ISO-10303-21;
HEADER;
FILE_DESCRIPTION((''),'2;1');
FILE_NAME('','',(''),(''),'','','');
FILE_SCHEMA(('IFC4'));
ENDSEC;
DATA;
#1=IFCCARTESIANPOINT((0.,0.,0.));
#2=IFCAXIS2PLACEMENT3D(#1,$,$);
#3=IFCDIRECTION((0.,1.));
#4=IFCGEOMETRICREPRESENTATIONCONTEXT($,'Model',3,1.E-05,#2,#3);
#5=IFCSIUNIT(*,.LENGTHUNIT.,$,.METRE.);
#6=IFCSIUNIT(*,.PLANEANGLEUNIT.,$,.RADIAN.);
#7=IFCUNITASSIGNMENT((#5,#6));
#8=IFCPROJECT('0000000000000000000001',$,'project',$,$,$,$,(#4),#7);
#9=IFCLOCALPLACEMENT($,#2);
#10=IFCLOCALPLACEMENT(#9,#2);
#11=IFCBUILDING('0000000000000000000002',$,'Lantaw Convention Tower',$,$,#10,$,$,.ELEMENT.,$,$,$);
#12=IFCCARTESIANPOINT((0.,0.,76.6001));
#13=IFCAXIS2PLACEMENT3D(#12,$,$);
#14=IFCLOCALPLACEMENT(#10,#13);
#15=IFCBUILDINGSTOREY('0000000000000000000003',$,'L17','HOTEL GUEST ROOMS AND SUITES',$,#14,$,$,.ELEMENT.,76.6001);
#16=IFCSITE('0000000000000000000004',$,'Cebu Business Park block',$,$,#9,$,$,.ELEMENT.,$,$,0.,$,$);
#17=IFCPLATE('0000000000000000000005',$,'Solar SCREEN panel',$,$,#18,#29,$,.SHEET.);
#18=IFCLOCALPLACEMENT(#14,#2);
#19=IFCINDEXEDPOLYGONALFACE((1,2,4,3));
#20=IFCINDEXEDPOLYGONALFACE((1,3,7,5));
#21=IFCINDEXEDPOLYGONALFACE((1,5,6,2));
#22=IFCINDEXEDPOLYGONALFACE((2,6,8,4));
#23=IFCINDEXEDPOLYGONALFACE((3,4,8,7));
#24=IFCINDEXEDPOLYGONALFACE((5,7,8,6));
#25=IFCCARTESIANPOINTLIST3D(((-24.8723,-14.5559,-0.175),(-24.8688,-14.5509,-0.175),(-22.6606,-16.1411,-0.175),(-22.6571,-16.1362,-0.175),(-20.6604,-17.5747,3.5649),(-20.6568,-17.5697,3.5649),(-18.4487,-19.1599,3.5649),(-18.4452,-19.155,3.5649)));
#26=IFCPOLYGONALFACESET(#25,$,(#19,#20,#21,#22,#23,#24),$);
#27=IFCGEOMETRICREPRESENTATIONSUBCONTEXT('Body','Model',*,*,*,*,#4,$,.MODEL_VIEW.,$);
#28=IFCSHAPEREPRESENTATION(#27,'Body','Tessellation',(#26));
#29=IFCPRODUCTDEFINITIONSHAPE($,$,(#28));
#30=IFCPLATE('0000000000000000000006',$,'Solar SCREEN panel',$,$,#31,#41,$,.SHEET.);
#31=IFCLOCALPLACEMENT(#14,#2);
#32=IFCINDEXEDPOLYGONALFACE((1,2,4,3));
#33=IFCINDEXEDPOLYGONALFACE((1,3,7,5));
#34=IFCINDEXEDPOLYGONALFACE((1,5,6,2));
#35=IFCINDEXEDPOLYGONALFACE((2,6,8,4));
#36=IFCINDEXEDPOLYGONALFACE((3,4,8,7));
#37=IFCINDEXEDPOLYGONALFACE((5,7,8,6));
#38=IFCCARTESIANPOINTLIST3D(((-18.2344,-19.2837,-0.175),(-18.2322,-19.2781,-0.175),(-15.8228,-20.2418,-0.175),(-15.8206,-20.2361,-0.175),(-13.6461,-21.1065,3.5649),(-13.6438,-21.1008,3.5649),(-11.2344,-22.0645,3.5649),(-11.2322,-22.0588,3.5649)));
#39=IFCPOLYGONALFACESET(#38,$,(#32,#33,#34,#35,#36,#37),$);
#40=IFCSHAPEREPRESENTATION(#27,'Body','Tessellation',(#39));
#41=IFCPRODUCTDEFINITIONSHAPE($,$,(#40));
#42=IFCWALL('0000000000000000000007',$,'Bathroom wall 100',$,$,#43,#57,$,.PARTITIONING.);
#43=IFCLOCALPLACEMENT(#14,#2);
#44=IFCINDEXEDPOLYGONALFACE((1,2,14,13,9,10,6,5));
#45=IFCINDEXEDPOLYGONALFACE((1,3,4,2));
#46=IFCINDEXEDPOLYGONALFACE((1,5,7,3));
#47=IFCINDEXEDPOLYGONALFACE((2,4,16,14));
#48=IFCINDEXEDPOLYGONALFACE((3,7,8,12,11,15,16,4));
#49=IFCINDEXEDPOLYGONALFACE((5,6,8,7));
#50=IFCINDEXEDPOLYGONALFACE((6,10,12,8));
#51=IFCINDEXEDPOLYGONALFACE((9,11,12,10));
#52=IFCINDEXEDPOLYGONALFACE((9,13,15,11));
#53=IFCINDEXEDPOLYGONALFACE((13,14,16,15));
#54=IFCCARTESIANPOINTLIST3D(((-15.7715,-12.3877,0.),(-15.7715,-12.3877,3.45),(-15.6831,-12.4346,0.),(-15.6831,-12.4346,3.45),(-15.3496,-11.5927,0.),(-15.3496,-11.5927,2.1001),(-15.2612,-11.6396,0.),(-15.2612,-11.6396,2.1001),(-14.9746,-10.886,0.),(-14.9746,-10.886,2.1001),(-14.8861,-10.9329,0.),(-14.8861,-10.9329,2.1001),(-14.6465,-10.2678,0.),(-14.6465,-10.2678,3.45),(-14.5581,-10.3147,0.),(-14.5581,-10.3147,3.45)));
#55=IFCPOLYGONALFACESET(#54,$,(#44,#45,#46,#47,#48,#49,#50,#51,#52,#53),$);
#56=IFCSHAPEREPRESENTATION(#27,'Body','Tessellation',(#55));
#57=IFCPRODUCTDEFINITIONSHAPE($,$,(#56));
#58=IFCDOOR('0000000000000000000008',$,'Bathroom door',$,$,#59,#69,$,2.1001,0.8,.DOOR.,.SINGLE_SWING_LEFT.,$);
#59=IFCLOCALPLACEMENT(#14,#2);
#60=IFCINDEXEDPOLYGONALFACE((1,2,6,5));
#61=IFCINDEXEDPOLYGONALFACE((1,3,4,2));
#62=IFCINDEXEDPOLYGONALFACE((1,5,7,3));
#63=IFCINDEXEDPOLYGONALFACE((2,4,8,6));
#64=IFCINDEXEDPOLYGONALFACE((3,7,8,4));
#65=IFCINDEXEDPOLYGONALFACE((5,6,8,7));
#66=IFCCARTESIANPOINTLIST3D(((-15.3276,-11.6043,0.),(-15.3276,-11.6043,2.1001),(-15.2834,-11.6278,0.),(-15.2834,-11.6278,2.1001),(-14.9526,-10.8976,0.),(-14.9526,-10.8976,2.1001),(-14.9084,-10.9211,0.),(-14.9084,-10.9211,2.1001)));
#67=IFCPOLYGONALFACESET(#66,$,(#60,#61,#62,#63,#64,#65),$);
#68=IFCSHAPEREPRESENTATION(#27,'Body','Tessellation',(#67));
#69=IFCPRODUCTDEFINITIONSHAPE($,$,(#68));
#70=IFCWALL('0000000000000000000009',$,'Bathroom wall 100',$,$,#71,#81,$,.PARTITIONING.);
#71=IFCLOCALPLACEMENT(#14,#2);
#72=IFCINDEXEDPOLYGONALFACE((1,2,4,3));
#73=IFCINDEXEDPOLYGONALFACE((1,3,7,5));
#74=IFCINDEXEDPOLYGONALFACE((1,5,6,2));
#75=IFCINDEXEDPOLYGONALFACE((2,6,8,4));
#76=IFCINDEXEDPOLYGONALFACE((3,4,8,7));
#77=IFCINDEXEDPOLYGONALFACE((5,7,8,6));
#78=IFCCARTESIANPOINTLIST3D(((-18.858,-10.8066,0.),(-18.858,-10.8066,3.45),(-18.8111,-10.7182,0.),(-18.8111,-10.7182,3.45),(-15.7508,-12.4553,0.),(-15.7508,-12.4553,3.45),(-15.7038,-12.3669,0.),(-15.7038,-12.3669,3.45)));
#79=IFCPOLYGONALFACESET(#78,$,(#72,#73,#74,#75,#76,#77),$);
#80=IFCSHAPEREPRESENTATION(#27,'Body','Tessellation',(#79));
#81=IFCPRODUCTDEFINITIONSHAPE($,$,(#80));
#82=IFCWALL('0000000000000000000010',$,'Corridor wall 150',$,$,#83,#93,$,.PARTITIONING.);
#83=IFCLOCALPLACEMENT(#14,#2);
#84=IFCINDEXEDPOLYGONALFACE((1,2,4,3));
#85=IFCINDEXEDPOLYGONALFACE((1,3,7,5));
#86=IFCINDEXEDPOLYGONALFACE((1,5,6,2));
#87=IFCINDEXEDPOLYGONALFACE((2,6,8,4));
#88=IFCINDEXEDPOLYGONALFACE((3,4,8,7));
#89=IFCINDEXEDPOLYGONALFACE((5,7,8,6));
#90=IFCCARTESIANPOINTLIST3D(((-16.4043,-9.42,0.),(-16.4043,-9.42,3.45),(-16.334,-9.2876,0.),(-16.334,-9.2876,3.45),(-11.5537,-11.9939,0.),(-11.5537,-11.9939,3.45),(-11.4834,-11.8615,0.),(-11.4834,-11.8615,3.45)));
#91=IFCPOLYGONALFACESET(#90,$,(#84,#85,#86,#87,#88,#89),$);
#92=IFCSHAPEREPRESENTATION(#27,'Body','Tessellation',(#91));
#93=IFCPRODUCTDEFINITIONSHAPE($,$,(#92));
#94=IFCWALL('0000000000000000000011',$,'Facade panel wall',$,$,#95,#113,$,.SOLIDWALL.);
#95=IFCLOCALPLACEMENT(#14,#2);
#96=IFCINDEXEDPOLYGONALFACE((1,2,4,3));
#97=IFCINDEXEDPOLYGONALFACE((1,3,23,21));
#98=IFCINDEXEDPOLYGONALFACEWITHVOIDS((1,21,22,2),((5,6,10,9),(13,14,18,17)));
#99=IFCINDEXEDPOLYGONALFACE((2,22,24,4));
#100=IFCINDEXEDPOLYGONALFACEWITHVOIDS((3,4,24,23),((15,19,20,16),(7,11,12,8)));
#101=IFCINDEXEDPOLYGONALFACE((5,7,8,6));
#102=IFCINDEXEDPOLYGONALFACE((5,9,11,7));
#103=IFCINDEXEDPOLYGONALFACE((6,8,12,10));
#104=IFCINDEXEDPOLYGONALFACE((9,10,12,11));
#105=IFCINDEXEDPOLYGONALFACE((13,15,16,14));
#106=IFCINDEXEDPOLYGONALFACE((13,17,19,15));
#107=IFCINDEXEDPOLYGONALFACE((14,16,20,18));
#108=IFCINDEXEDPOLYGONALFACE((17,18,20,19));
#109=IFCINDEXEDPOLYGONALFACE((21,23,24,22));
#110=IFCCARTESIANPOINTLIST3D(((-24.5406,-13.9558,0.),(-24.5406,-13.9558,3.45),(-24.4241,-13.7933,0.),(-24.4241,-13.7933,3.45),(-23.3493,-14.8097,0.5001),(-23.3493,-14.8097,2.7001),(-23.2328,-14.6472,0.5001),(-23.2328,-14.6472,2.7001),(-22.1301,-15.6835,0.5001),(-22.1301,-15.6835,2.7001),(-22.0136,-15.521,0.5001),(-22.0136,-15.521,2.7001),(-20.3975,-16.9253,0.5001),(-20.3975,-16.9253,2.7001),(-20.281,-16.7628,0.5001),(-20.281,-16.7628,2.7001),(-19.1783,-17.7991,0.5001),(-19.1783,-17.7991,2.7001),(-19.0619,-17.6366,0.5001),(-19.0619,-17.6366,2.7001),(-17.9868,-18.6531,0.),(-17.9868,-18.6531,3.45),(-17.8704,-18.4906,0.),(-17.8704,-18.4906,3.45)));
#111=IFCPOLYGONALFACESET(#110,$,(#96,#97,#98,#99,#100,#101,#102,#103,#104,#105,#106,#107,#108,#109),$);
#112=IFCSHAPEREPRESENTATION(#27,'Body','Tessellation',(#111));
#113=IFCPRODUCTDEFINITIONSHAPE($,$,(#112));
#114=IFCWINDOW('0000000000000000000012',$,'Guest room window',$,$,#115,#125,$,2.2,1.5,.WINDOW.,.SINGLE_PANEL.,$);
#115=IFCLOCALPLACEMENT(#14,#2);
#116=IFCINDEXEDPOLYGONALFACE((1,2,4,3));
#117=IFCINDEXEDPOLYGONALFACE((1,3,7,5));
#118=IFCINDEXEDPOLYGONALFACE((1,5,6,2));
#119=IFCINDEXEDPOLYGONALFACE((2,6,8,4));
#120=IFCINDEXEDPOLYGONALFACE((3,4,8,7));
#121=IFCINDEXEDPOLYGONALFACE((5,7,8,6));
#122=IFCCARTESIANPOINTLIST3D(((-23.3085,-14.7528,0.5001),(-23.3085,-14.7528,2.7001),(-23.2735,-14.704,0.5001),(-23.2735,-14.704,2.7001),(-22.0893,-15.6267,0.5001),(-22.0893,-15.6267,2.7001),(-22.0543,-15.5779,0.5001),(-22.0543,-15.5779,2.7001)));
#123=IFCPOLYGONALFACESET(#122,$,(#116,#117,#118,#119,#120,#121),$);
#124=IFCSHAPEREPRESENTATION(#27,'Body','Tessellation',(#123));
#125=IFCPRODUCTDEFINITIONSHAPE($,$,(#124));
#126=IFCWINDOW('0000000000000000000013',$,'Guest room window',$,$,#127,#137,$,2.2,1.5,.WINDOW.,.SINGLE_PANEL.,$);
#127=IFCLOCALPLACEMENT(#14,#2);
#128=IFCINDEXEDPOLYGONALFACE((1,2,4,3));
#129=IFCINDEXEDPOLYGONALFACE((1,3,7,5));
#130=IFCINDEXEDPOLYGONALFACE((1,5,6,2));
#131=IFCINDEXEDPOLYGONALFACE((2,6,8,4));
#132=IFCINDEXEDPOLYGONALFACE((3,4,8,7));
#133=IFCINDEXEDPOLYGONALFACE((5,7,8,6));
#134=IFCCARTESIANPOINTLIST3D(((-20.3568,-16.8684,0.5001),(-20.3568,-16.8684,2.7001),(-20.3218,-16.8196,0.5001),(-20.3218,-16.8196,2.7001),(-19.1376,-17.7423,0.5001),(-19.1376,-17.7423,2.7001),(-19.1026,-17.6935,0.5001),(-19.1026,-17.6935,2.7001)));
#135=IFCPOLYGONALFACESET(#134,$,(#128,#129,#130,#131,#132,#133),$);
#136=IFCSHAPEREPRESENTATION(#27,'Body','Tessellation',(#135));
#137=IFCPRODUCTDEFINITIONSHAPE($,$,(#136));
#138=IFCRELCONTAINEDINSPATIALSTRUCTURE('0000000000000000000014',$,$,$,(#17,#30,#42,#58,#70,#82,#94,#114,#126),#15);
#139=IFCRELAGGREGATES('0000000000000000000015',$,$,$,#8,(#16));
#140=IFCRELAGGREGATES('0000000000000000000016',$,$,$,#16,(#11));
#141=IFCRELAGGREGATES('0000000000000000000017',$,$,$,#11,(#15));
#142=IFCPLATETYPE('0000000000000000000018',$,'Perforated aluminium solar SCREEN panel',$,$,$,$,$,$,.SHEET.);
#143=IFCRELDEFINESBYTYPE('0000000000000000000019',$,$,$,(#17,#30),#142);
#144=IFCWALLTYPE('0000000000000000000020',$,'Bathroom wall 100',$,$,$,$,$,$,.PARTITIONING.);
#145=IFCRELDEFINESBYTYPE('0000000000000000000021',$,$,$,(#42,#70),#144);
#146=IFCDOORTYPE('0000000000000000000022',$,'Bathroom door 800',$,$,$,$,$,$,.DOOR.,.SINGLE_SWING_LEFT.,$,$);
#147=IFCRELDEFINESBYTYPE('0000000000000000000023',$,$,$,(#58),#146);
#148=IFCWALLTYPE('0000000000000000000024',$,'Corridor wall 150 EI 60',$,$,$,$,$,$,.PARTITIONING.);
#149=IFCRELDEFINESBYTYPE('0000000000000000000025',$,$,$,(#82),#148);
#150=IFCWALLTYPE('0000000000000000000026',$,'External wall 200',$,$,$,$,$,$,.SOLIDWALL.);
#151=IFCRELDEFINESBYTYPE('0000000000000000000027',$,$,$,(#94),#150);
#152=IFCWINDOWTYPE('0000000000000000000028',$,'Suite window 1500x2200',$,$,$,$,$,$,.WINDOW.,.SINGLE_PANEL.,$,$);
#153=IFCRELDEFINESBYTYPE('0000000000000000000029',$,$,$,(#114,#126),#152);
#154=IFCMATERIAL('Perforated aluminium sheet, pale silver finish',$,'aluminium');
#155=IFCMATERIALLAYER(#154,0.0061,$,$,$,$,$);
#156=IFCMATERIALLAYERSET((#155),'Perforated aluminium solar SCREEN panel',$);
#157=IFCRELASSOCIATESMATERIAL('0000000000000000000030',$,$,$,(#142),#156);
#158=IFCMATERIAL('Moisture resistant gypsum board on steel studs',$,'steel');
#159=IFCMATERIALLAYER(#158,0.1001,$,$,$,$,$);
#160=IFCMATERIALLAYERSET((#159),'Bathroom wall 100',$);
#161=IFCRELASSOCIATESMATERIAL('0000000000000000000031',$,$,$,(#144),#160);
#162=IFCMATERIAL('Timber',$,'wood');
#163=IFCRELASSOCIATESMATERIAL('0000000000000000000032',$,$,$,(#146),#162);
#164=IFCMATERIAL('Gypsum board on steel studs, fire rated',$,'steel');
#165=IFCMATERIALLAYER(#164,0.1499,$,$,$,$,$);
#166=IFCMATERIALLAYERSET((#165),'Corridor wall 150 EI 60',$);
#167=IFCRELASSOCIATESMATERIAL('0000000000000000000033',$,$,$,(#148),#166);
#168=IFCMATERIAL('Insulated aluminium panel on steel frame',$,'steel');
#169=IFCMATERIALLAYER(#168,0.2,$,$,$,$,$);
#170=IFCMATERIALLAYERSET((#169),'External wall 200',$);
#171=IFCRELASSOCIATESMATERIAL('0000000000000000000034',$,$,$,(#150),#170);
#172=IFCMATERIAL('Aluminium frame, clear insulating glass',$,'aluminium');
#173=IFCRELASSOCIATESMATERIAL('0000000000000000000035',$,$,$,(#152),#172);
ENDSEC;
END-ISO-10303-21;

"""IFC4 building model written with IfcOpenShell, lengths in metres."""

from ifc_helpers import new_model, si_unit, direction, frame, frame_2d, origin, place, context, subcontext, project, spatial, polyline, rectangle, outline, extrude, material, layer, layer_set, type_object, element, fill, save


model = new_model("IFC4")

# Units and contexts
model_context = context("Model", 3, precision=1e-05, world=origin(), true_north=direction((0.0, 1.0)))
body_context = subcontext(model_context, "Body", "Model", "MODEL_VIEW")
ifc_project = project(units=[si_unit("LENGTHUNIT", "METRE"), si_unit("PLANEANGLEUNIT", "RADIAN")], contexts=[model_context])

# Site, building, storey
site_placement = place(None, origin())
site = spatial("IfcSite", under=ifc_project, at=site_placement, Name="Cebu Business Park block", CompositionType="ELEMENT", RefElevation=0.0)
building_placement = place(site_placement, origin())
building = spatial("IfcBuilding", under=site, at=building_placement, Name="Lantaw Convention Tower", CompositionType="ELEMENT")
storey_placement = place(building_placement, frame((0.0, 0.0, 76.6001)))
storey = spatial("IfcBuildingStorey", under=building, at=storey_placement, Name="L17", Description="HOTEL GUEST ROOMS AND SUITES", CompositionType="ELEMENT", Elevation=76.6001)

# Plates
ifc_material_1 = material(Name="Perforated aluminium sheet, pale silver finish", Category="aluminium")
ifc_layer_1 = layer(ifc_material_1, 0.0061)
ifc_layer_set_1 = layer_set([ifc_layer_1], Name="Perforated aluminium solar SCREEN panel")
plate_type = type_object("IfcPlateType", Name="Perforated aluminium solar SCREEN panel", PredefinedType="SHEET", material=ifc_layer_set_1)
plate_1_placement = place(storey_placement, frame((-24.8723, -14.5559, -0.175), z_axis=(-0.582561, -0.812787, 0.000016), x_axis=(0.812787, -0.582561, 0.0)))
element("IfcPlate", 1, at=plate_1_placement, inside=storey, type_object=plate_type, Name="Solar SCREEN panel", PredefinedType="SHEET", context=body_context, shape_type="SweptSolid", body=[
    extrude(outline(polyline([(0.0, 0.0), (2.7211, 0.0), (7.9031, 3.74), (5.182, 3.74), (0.0, 0.0)])), origin(), (0.0, 0.0, -1.0), 0.0061),
])
plate_2_placement = place(storey_placement, frame((-18.2322, -19.2781, -0.175), z_axis=(0.369184, 0.929357, 0.000009), x_axis=(0.929357, -0.369184, 0.0)))
element("IfcPlate", 2, at=plate_2_placement, inside=storey, type_object=plate_type, Name="Solar SCREEN panel", PredefinedType="SHEET", context=body_context, shape_type="SweptSolid", body=[
    extrude(outline(polyline([(0.0, 0.0), (2.5949, 0.0), (7.5321, -3.74), (4.9372, -3.74), (0.0, 0.0)])), origin(), (0.0, 0.0, -1.0), 0.0061),
])

# Wall, opening, door
ifc_material_2 = material(Name="Moisture resistant gypsum board on steel studs", Category="steel")
ifc_layer_2 = layer(ifc_material_2, 0.1001)
ifc_layer_set_2 = layer_set([ifc_layer_2], Name="Bathroom wall 100")
wall_type_1 = type_object("IfcWallType", Name="Bathroom wall 100", PredefinedType="PARTITIONING", material=ifc_layer_set_2)
wall_1_placement = place(storey_placement, frame((-14.6023, -10.2913, 0.0), z_axis=(0.0, 0.0, 1.0), x_axis=(-0.468771, -0.88332, 0.0)))
wall_1 = element("IfcWall", 3, at=wall_1_placement, inside=storey, type_object=wall_type_1, Name="Bathroom wall 100", PredefinedType="PARTITIONING", context=body_context, shape_type="SweptSolid", body=[
    extrude(rectangle(XDim=2.3999, YDim=0.1001, at=frame_2d((1.2, 0.0))), origin(), (0.0, 0.0, 1.0), 3.45),
])
opening_1_placement = place(wall_1_placement, frame((0.7, 0.0, 0.0)))
opening_1 = element("IfcOpeningElement", 4, at=opening_1_placement, cuts=wall_1, PredefinedType="OPENING", context=body_context, shape_type="SweptSolid", body=[
    extrude(rectangle(XDim=0.8, YDim=2.1001, at=frame_2d((0.3999, 1.05))), frame((0.0, 0.0601, 0.0), z_axis=(0.0, -1.0, 0.0), x_axis=(1.0, 0.0, 0.0)), (0.0, 0.0, 1.0), 0.1201),
])
ifc_material_3 = material(Name="Timber", Category="wood")
door_type = type_object("IfcDoorType", Name="Bathroom door 800", OperationType="SINGLE_SWING_LEFT", PredefinedType="DOOR", material=ifc_material_3)
door_placement = place(opening_1_placement, origin())
door = element("IfcDoor", 5, at=door_placement, inside=storey, type_object=door_type, Name="Bathroom door", OperationType="SINGLE_SWING_LEFT", OverallHeight=2.1001, OverallWidth=0.8, PredefinedType="DOOR", context=body_context, shape_type="SweptSolid", body=[
    extrude(rectangle(XDim=0.8, YDim=2.1001, at=frame_2d((0.3999, 1.05))), frame((0.0, 0.0249, 0.0), z_axis=(0.0, -1.0, 0.0), x_axis=(1.0, 0.0, 0.0)), (0.0, 0.0, 1.0), 0.05),
])
fill(opening_1, door)

# Walls
wall_2_placement = place(storey_placement, frame((-15.7273, -12.4111, 0.0), z_axis=(0.0, 0.0, 1.0), x_axis=(-0.883352, 0.46871, 0.0)))
element("IfcWall", 6, at=wall_2_placement, inside=storey, type_object=wall_type_1, Name="Bathroom wall 100", PredefinedType="PARTITIONING", context=body_context, shape_type="SweptSolid", body=[
    extrude(rectangle(XDim=3.5176, YDim=0.1001, at=frame_2d((1.7588, 0.0))), origin(), (0.0, 0.0, 1.0), 3.45),
])
ifc_material_4 = material(Name="Gypsum board on steel studs, fire rated", Category="steel")
ifc_layer_3 = layer(ifc_material_4, 0.1499)
ifc_layer_set_3 = layer_set([ifc_layer_3], Name="Corridor wall 150 EI 60")
wall_type_2 = type_object("IfcWallType", Name="Corridor wall 150 EI 60", PredefinedType="PARTITIONING", material=ifc_layer_set_3)
wall_3_placement = place(storey_placement, frame((-16.3691, -9.3538, 0.0), z_axis=(0.0, 0.0, 1.0), x_axis=(0.883334, -0.468743, 0.0)))
element("IfcWall", 7, at=wall_3_placement, inside=storey, type_object=wall_type_2, Name="Corridor wall 150", PredefinedType="PARTITIONING", context=body_context, shape_type="SweptSolid", body=[
    extrude(rectangle(XDim=5.4912, YDim=0.1499, at=frame_2d((2.7456, 0.0))), origin(), (0.0, 0.0, 1.0), 3.45),
])

# Wall, openings, windows
ifc_material_5 = material(Name="Insulated aluminium panel on steel frame", Category="steel")
ifc_layer_4 = layer(ifc_material_5, 0.2)
ifc_layer_set_4 = layer_set([ifc_layer_4], Name="External wall 200")
wall_type_3 = type_object("IfcWallType", Name="External wall 200", PredefinedType="SOLIDWALL", material=ifc_layer_set_4)
wall_4_placement = place(storey_placement, frame((-24.4824, -13.8745, 0.0), z_axis=(0.0, 0.0, 1.0), x_axis=(0.812791, -0.582555, 0.0)))
wall_4 = element("IfcWall", 8, at=wall_4_placement, inside=storey, type_object=wall_type_3, Name="Facade panel wall", PredefinedType="SOLIDWALL", context=body_context, shape_type="SweptSolid", body=[
    extrude(rectangle(XDim=8.0632, YDim=0.2, at=frame_2d((4.0317, 0.0))), origin(), (0.0, 0.0, 1.0), 3.45),
])
opening_2_placement = place(wall_4_placement, frame((1.4658, 0.0, 0.5)))
opening_2 = element("IfcOpeningElement", 9, at=opening_2_placement, cuts=wall_4, PredefinedType="OPENING", context=body_context, shape_type="SweptSolid", body=[
    extrude(rectangle(XDim=1.5, YDim=2.2, at=frame_2d((0.75, 1.1001))), frame((0.0, 0.1099, 0.0), z_axis=(0.0, -1.0, 0.0), x_axis=(1.0, 0.0, 0.0)), (0.0, 0.0, 1.0), 0.22),
])
opening_3_placement = place(wall_4_placement, frame((5.0974, 0.0, 0.5)))
opening_3 = element("IfcOpeningElement", 10, at=opening_3_placement, cuts=wall_4, PredefinedType="OPENING", context=body_context, shape_type="SweptSolid", body=[
    extrude(rectangle(XDim=1.5, YDim=2.2, at=frame_2d((0.75, 1.1001))), frame((0.0, 0.1099, 0.0), z_axis=(0.0, -1.0, 0.0), x_axis=(1.0, 0.0, 0.0)), (0.0, 0.0, 1.0), 0.22),
])
ifc_material_6 = material(Name="Aluminium frame, clear insulating glass", Category="aluminium")
window_type = type_object("IfcWindowType", Name="Suite window 1500x2200", PartitioningType="SINGLE_PANEL", PredefinedType="WINDOW", material=ifc_material_6)
window_1_placement = place(opening_2_placement, origin())
window_1 = element("IfcWindow", 11, at=window_1_placement, inside=storey, type_object=window_type, Name="Guest room window", OverallHeight=2.2, OverallWidth=1.5, PartitioningType="SINGLE_PANEL", PredefinedType="WINDOW", context=body_context, shape_type="SweptSolid", body=[
    extrude(rectangle(XDim=1.5, YDim=2.2, at=frame_2d((0.75, 1.1001))), frame((0.0, 0.03, 0.0), z_axis=(0.0, -1.0, 0.0), x_axis=(1.0, 0.0, 0.0)), (0.0, 0.0, 1.0), 0.0601),
])
fill(opening_2, window_1)
window_2_placement = place(opening_3_placement, origin())
window_2 = element("IfcWindow", 12, at=window_2_placement, inside=storey, type_object=window_type, Name="Guest room window", OverallHeight=2.2, OverallWidth=1.5, PartitioningType="SINGLE_PANEL", PredefinedType="WINDOW", context=body_context, shape_type="SweptSolid", body=[
    extrude(rectangle(XDim=1.5, YDim=2.2, at=frame_2d((0.75, 1.1001))), frame((0.0, 0.03, 0.0), z_axis=(0.0, -1.0, 0.0), x_axis=(1.0, 0.0, 0.0)), (0.0, 0.0, 1.0), 0.0601),
])
fill(opening_3, window_2)

save(model, "model.ifc")
